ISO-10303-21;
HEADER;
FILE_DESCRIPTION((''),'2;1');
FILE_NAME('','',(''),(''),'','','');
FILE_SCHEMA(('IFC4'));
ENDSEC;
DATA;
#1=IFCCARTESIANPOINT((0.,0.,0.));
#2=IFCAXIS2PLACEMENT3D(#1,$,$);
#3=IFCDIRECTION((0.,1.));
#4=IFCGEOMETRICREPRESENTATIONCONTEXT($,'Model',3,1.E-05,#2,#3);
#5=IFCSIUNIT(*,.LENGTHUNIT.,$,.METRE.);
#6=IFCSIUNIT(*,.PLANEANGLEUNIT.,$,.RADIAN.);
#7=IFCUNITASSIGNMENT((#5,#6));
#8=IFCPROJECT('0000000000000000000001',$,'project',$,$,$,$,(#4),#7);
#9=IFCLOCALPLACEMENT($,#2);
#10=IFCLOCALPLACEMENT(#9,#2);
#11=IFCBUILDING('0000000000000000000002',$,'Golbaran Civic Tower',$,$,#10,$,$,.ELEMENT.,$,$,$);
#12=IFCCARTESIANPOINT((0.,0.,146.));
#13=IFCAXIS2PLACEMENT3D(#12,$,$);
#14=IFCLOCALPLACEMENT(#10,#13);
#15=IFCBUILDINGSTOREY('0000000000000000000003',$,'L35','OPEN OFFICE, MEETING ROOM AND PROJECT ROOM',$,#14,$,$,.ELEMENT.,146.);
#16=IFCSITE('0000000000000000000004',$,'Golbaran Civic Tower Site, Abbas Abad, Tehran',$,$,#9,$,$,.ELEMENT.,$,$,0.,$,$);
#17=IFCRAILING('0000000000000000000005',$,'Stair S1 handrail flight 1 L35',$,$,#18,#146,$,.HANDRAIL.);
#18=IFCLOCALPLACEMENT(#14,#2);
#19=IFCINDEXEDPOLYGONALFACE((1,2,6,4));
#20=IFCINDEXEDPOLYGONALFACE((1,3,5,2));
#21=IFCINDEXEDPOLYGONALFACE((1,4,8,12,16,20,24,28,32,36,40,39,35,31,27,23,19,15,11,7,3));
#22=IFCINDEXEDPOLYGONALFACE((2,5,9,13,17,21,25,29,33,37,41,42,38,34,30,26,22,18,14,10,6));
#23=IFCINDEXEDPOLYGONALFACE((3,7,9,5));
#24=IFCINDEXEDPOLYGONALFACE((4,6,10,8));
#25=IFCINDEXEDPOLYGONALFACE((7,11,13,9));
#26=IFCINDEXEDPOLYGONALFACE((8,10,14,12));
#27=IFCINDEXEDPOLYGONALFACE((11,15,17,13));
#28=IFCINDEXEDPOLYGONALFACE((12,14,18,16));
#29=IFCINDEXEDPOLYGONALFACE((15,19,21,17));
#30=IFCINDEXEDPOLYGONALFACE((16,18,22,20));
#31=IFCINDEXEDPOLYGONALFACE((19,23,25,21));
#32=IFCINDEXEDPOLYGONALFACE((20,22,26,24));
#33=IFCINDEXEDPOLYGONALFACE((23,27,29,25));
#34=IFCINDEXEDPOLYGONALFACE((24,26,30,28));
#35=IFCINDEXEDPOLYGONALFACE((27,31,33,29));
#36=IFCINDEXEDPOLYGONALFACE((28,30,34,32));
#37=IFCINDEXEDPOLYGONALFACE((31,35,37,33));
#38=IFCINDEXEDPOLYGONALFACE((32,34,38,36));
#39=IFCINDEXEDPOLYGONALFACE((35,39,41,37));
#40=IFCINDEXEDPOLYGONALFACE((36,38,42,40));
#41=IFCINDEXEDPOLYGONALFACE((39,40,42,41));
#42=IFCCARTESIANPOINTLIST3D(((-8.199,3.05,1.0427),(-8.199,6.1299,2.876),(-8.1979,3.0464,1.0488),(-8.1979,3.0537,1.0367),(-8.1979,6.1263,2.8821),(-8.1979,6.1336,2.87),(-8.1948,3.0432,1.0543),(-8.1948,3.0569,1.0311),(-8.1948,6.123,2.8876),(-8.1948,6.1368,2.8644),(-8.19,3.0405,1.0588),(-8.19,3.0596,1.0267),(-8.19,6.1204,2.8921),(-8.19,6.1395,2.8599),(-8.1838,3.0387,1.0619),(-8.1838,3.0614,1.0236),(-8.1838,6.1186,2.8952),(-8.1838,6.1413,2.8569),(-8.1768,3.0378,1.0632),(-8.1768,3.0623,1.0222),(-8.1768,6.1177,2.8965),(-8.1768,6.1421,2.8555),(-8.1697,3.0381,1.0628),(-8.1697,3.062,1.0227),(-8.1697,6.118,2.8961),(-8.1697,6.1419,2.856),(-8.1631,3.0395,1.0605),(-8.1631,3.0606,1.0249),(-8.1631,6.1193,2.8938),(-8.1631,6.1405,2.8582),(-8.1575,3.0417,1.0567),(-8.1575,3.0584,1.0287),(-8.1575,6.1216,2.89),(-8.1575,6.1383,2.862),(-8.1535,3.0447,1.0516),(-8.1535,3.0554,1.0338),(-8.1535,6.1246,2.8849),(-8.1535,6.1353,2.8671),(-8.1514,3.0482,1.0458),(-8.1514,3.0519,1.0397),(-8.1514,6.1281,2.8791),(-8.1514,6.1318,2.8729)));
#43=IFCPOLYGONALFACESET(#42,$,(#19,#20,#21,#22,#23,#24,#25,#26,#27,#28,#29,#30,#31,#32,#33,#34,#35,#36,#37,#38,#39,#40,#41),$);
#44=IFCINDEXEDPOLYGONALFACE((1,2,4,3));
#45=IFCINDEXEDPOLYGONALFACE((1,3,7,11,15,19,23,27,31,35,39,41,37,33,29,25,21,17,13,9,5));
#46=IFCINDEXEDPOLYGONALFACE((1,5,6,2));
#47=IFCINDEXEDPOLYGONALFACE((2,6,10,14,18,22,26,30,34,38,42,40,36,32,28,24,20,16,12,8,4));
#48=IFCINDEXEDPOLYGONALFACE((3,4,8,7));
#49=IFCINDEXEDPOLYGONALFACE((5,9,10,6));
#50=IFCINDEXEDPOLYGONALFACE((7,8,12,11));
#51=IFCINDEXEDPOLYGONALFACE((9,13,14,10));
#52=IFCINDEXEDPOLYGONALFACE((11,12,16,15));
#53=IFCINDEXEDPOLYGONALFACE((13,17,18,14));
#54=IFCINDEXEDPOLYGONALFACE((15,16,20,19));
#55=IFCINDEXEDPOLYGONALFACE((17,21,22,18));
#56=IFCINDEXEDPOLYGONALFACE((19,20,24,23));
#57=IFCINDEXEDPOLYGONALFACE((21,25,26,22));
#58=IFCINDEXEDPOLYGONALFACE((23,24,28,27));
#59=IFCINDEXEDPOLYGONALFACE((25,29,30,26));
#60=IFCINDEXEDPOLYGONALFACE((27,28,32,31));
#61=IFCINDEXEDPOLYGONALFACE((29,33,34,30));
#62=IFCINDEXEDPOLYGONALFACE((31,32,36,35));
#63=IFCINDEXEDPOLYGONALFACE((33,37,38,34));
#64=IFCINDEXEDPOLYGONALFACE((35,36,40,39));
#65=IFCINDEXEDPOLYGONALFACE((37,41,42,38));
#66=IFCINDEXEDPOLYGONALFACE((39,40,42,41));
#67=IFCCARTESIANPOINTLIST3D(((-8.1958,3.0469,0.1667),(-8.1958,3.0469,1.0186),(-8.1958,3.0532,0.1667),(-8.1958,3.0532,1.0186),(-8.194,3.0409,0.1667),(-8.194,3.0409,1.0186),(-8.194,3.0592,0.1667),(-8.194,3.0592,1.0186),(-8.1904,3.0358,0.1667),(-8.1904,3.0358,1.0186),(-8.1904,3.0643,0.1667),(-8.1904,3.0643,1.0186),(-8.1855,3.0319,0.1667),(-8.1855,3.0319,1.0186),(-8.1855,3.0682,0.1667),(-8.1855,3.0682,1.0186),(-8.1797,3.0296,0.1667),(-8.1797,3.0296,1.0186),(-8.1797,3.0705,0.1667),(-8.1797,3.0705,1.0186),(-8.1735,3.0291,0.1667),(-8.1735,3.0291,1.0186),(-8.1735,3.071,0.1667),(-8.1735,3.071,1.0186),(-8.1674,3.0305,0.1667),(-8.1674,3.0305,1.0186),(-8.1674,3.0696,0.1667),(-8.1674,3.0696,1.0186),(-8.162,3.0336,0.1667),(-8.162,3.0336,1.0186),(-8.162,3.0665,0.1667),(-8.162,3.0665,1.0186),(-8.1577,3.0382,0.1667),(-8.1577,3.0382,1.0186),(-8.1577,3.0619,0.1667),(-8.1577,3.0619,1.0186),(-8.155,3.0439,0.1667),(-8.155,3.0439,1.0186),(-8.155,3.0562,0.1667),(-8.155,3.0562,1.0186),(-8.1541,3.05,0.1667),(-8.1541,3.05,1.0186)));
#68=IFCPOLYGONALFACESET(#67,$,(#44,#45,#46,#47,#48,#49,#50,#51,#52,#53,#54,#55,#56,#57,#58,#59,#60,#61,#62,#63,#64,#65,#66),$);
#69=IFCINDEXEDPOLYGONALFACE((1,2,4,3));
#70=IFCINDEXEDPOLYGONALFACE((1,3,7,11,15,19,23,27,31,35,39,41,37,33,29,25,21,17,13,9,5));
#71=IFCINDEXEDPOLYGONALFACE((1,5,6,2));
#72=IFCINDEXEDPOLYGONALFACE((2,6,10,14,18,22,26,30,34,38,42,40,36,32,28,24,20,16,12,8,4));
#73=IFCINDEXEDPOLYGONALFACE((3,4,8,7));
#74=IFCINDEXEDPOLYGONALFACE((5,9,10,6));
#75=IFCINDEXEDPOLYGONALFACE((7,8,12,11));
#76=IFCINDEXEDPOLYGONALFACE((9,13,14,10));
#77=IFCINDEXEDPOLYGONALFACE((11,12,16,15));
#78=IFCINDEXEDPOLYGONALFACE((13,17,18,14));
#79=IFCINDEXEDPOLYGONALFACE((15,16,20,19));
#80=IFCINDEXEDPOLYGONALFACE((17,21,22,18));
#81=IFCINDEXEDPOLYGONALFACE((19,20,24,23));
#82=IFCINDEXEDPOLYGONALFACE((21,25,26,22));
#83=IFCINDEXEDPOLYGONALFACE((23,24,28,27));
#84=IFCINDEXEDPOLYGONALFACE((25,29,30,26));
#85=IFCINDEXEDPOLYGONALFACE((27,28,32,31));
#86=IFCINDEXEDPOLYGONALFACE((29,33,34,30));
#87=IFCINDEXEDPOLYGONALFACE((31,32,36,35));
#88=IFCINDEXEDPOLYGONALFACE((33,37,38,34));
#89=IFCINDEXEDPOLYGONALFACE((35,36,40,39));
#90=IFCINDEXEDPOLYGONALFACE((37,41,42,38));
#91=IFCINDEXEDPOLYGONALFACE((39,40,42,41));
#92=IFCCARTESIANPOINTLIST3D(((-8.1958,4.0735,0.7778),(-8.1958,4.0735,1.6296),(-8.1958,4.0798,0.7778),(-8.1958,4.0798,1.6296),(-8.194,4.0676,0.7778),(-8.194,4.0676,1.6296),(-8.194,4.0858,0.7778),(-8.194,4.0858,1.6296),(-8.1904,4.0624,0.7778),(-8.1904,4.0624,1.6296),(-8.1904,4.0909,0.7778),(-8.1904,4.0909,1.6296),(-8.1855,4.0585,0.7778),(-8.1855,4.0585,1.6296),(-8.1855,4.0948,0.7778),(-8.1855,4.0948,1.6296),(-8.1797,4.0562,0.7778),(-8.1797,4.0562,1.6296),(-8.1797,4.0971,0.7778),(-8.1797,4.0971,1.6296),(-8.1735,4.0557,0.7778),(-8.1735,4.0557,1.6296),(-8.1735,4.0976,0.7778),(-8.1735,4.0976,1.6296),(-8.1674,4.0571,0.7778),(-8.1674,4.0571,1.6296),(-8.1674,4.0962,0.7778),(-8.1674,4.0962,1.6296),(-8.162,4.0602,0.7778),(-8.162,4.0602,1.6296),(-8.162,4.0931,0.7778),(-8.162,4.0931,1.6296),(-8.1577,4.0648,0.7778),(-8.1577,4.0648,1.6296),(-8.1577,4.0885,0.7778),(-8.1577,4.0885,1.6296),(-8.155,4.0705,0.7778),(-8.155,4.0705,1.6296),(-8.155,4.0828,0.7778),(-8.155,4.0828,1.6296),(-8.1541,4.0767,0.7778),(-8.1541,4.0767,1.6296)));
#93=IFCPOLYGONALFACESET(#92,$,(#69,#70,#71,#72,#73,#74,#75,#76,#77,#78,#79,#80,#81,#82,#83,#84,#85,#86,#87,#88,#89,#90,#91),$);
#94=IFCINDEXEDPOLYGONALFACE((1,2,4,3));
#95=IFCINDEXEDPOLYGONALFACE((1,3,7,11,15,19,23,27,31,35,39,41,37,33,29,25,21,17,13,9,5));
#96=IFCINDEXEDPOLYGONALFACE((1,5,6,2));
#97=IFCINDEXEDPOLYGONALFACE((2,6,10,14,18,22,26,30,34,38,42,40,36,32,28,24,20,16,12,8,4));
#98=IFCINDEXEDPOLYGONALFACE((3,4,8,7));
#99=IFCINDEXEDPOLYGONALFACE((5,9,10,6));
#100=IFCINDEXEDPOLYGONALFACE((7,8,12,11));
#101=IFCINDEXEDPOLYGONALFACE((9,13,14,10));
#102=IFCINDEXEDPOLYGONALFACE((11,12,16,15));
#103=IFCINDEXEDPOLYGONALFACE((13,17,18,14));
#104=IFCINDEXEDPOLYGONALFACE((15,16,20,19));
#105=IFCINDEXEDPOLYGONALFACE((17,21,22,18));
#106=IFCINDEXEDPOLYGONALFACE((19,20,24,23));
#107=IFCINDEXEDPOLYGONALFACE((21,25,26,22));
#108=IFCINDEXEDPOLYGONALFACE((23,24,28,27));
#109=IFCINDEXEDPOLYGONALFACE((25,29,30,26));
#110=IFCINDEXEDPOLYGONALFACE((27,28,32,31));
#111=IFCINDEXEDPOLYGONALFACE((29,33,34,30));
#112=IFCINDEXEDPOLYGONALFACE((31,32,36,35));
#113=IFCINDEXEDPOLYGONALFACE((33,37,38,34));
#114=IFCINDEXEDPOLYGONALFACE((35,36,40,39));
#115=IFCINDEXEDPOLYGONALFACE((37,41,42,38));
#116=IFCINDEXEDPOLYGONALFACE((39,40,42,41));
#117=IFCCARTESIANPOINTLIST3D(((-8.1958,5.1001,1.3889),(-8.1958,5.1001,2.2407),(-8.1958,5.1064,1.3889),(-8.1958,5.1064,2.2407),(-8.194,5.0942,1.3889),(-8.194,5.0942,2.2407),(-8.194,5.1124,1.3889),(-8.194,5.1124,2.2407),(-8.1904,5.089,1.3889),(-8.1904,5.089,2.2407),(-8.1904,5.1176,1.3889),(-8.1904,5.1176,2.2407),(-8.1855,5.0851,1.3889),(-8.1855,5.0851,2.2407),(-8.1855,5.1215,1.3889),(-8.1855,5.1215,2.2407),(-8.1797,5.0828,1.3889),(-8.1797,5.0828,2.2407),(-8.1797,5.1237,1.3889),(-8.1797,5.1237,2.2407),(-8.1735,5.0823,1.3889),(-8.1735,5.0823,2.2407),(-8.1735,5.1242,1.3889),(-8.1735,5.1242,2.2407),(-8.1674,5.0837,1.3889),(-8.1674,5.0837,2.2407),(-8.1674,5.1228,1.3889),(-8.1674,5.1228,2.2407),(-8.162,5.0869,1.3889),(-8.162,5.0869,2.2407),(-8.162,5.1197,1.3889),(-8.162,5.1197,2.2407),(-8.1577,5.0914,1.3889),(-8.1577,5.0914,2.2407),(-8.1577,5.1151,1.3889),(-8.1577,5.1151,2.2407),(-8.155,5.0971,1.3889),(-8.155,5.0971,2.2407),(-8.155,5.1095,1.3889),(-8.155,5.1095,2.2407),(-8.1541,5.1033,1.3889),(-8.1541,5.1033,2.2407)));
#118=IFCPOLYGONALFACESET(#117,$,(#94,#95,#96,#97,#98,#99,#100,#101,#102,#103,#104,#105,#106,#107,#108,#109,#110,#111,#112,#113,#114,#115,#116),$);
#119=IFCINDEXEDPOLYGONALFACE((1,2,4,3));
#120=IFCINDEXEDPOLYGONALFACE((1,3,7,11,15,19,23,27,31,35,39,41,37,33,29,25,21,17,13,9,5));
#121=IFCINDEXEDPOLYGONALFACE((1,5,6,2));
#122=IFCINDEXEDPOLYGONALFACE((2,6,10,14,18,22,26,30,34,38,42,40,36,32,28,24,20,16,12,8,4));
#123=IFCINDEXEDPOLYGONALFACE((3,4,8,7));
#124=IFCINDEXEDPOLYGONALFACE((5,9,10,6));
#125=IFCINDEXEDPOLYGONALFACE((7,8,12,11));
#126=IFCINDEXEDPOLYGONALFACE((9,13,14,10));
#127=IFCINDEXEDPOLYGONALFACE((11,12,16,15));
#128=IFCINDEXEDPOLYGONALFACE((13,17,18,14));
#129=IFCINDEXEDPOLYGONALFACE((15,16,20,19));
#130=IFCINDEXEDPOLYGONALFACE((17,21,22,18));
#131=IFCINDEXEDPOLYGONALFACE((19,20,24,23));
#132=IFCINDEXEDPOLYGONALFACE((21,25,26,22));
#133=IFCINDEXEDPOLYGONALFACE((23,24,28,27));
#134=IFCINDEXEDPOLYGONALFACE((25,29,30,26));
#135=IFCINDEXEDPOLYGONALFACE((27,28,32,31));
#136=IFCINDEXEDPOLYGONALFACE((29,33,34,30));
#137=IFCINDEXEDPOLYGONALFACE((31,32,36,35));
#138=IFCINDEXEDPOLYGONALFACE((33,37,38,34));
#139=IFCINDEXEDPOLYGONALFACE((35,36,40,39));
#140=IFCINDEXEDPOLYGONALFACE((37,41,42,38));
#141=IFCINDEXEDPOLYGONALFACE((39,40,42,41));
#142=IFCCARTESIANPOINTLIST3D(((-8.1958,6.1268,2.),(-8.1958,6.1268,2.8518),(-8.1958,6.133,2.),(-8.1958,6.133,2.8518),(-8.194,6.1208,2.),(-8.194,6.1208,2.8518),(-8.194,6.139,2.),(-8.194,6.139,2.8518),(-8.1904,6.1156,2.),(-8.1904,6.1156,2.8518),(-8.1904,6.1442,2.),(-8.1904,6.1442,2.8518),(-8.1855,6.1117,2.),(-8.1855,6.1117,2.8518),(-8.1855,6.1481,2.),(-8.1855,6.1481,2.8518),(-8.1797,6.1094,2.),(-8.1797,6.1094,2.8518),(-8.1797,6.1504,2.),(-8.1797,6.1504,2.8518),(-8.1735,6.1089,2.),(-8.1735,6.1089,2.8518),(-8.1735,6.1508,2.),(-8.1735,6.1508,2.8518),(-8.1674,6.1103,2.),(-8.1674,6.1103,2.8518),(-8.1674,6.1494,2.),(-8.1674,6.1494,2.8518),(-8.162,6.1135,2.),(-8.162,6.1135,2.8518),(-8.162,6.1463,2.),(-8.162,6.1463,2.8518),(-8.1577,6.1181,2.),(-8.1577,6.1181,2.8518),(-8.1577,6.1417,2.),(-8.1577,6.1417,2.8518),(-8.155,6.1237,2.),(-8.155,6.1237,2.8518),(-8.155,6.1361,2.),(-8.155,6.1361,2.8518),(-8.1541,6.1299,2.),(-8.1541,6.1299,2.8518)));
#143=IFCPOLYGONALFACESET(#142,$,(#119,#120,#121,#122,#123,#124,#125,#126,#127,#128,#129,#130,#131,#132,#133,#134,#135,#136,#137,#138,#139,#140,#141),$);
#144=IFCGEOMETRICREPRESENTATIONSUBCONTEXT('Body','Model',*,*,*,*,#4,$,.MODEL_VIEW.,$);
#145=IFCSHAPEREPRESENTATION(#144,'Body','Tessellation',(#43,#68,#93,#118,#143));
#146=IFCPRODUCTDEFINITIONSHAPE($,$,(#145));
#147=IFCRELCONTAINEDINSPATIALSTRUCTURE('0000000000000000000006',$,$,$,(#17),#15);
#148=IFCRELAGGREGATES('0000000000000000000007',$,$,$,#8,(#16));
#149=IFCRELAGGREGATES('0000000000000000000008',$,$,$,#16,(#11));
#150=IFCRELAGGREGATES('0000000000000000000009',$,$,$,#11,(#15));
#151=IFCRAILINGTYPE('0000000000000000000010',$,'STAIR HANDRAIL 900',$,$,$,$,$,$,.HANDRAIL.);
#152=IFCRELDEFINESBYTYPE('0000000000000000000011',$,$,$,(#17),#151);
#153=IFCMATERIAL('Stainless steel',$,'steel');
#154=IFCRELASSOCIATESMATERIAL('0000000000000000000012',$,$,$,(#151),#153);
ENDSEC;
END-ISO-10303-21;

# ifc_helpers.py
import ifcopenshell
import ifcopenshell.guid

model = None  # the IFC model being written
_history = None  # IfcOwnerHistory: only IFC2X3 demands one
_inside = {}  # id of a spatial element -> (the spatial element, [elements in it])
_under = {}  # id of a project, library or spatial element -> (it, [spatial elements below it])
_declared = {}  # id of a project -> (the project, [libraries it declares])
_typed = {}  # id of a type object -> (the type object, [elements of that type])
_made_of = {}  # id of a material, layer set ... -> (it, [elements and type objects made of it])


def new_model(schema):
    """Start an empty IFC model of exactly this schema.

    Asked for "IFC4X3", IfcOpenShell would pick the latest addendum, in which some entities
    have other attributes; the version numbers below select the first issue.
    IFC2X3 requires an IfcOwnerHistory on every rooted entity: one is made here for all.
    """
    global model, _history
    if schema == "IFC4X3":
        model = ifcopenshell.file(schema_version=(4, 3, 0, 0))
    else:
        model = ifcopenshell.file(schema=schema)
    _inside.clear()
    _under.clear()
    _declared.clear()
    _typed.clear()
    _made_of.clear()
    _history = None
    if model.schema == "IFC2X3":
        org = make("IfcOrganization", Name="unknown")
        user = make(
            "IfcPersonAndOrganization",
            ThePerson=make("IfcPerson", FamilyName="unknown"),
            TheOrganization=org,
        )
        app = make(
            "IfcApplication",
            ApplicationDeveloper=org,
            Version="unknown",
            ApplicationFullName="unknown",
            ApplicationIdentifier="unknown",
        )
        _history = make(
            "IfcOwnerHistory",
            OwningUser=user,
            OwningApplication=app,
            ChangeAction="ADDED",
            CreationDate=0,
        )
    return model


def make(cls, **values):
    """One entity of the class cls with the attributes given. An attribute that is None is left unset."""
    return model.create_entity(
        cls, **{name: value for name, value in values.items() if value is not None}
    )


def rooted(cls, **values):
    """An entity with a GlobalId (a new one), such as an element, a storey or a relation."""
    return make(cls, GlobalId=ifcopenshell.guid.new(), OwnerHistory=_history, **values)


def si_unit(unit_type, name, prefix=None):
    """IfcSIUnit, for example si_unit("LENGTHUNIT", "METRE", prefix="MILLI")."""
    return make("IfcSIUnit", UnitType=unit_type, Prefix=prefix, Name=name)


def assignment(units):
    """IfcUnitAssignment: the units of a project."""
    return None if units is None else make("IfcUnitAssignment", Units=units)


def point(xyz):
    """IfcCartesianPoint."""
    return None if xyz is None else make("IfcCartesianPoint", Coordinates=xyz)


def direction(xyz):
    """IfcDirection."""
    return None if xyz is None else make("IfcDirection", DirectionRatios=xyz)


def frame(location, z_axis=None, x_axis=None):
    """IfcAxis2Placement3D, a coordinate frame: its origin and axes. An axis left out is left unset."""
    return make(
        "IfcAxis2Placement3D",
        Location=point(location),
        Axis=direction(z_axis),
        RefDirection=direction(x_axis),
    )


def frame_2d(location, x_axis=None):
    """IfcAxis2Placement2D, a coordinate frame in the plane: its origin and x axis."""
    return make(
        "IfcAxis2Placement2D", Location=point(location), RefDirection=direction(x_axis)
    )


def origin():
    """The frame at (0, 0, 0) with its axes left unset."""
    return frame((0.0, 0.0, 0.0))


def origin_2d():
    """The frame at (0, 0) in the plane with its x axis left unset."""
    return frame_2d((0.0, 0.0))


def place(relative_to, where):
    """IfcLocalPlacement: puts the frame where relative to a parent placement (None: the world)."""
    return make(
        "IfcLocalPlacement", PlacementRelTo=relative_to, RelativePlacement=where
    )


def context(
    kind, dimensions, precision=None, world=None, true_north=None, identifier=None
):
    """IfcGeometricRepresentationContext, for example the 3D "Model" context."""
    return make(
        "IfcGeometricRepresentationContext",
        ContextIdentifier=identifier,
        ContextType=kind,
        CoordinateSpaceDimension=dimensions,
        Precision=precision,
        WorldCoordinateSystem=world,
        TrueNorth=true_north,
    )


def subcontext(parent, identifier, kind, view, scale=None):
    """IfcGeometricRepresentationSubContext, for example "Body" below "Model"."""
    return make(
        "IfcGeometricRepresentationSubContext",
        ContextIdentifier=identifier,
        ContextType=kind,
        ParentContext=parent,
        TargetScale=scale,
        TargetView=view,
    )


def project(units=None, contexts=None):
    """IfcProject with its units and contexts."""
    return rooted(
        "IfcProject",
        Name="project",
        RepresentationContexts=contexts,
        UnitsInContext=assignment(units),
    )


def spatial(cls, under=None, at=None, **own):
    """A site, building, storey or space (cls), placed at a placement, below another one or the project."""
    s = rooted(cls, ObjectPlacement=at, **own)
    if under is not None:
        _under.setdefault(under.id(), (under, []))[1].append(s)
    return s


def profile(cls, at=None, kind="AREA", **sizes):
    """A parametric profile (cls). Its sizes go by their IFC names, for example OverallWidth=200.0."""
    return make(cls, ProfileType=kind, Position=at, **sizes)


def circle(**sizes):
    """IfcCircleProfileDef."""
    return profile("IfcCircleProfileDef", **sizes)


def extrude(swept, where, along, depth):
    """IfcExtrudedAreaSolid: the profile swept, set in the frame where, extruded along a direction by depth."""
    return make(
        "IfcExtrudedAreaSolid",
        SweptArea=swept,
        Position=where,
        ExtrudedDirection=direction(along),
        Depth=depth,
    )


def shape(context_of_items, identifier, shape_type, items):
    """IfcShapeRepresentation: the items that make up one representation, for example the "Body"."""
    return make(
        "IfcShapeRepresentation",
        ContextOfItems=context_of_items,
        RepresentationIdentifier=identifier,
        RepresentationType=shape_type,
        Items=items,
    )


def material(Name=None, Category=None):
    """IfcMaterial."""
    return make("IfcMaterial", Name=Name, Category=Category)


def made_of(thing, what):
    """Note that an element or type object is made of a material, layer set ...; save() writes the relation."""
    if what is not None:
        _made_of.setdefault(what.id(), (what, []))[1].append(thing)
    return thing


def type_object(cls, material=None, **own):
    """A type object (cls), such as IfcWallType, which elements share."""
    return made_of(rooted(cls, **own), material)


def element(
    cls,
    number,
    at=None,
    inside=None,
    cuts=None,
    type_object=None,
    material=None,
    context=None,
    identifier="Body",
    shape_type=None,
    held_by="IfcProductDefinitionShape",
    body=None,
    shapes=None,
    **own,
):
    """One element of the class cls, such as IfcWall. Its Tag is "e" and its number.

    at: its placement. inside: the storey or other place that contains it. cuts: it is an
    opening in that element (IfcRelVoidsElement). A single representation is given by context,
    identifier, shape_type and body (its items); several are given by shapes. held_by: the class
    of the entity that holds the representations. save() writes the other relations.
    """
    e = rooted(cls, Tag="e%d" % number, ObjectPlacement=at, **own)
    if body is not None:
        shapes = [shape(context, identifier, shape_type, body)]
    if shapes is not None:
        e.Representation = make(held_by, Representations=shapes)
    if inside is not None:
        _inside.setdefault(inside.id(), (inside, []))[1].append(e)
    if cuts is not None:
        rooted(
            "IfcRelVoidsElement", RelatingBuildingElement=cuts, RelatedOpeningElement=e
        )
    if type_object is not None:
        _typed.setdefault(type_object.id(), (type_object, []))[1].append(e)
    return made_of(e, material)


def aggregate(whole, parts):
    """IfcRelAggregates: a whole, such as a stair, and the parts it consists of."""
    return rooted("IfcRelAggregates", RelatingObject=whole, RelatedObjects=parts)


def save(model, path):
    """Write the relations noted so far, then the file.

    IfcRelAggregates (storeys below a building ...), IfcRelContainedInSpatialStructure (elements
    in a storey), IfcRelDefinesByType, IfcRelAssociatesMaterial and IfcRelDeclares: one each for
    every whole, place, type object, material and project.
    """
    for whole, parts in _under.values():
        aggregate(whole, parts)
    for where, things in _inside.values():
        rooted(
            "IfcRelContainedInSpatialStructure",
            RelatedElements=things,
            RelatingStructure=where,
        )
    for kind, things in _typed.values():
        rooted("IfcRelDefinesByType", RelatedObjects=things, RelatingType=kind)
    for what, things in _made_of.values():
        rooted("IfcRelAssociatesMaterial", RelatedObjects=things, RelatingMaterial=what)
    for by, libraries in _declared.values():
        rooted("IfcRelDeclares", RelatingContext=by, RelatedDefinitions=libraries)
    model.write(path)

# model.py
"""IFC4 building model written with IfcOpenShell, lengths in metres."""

from ifc_helpers import new_model, si_unit, direction, frame, origin, origin_2d, place, context, subcontext, project, spatial, circle, extrude, material, type_object, element, save


model = new_model("IFC4")

# Units and contexts
model_context = context("Model", 3, precision=1e-05, world=origin(), true_north=direction((0.0, 1.0)))
body_context = subcontext(model_context, "Body", "Model", "MODEL_VIEW")
ifc_project = project(units=[si_unit("LENGTHUNIT", "METRE"), si_unit("PLANEANGLEUNIT", "RADIAN")], contexts=[model_context])

# Site, building, storey
site_placement = place(None, origin())
site = spatial("IfcSite", under=ifc_project, at=site_placement, Name="Golbaran Civic Tower Site, Abbas Abad, Tehran", CompositionType="ELEMENT", RefElevation=0.0)
building_placement = place(site_placement, origin())
building = spatial("IfcBuilding", under=site, at=building_placement, Name="Golbaran Civic Tower", CompositionType="ELEMENT")
storey_placement = place(building_placement, frame((0.0, 0.0, 146.0)))
storey = spatial("IfcBuildingStorey", under=building, at=storey_placement, Name="L35", Description="OPEN OFFICE, MEETING ROOM AND PROJECT ROOM", CompositionType="ELEMENT", Elevation=146.0)

# Shared definitions
ifc_material_1 = material(Name="Stainless steel", Category="steel")

# Railing
railing_type = type_object("IfcRailingType", Name="STAIR HANDRAIL 900", PredefinedType="HANDRAIL", material=ifc_material_1)
railing_1_placement = place(storey_placement, frame((-8.175, 3.05, 0.1667)))
element("IfcRailing", 1, at=railing_1_placement, inside=storey, type_object=railing_type, Name="Stair S1 handrail flight 1 L35", PredefinedType="HANDRAIL", context=body_context, shape_type="SweptSolid", body=[
    extrude(circle(Radius=0.0239, at=origin_2d()), frame((0.0, 0.0, 0.876), z_axis=(0.0, 0.859291, 0.511487), x_axis=(-1.0, 0.0, 0.0)), (0.0, 0.0, 1.0), 3.5842),
    extrude(circle(Radius=0.021, at=origin_2d()), origin(), (0.0, 0.0, 1.0), 0.8518),
    extrude(circle(Radius=0.021, at=origin_2d()), frame((0.0, 1.0266, 0.6111)), (0.0, 0.0, 1.0), 0.8518),
    extrude(circle(Radius=0.021, at=origin_2d()), frame((0.0, 2.0532, 1.2222)), (0.0, 0.0, 1.0), 0.8518),
    extrude(circle(Radius=0.021, at=origin_2d()), frame((0.0, 3.0798, 1.8333)), (0.0, 0.0, 1.0), 0.8518),
])

save(model, "model.ifc")
